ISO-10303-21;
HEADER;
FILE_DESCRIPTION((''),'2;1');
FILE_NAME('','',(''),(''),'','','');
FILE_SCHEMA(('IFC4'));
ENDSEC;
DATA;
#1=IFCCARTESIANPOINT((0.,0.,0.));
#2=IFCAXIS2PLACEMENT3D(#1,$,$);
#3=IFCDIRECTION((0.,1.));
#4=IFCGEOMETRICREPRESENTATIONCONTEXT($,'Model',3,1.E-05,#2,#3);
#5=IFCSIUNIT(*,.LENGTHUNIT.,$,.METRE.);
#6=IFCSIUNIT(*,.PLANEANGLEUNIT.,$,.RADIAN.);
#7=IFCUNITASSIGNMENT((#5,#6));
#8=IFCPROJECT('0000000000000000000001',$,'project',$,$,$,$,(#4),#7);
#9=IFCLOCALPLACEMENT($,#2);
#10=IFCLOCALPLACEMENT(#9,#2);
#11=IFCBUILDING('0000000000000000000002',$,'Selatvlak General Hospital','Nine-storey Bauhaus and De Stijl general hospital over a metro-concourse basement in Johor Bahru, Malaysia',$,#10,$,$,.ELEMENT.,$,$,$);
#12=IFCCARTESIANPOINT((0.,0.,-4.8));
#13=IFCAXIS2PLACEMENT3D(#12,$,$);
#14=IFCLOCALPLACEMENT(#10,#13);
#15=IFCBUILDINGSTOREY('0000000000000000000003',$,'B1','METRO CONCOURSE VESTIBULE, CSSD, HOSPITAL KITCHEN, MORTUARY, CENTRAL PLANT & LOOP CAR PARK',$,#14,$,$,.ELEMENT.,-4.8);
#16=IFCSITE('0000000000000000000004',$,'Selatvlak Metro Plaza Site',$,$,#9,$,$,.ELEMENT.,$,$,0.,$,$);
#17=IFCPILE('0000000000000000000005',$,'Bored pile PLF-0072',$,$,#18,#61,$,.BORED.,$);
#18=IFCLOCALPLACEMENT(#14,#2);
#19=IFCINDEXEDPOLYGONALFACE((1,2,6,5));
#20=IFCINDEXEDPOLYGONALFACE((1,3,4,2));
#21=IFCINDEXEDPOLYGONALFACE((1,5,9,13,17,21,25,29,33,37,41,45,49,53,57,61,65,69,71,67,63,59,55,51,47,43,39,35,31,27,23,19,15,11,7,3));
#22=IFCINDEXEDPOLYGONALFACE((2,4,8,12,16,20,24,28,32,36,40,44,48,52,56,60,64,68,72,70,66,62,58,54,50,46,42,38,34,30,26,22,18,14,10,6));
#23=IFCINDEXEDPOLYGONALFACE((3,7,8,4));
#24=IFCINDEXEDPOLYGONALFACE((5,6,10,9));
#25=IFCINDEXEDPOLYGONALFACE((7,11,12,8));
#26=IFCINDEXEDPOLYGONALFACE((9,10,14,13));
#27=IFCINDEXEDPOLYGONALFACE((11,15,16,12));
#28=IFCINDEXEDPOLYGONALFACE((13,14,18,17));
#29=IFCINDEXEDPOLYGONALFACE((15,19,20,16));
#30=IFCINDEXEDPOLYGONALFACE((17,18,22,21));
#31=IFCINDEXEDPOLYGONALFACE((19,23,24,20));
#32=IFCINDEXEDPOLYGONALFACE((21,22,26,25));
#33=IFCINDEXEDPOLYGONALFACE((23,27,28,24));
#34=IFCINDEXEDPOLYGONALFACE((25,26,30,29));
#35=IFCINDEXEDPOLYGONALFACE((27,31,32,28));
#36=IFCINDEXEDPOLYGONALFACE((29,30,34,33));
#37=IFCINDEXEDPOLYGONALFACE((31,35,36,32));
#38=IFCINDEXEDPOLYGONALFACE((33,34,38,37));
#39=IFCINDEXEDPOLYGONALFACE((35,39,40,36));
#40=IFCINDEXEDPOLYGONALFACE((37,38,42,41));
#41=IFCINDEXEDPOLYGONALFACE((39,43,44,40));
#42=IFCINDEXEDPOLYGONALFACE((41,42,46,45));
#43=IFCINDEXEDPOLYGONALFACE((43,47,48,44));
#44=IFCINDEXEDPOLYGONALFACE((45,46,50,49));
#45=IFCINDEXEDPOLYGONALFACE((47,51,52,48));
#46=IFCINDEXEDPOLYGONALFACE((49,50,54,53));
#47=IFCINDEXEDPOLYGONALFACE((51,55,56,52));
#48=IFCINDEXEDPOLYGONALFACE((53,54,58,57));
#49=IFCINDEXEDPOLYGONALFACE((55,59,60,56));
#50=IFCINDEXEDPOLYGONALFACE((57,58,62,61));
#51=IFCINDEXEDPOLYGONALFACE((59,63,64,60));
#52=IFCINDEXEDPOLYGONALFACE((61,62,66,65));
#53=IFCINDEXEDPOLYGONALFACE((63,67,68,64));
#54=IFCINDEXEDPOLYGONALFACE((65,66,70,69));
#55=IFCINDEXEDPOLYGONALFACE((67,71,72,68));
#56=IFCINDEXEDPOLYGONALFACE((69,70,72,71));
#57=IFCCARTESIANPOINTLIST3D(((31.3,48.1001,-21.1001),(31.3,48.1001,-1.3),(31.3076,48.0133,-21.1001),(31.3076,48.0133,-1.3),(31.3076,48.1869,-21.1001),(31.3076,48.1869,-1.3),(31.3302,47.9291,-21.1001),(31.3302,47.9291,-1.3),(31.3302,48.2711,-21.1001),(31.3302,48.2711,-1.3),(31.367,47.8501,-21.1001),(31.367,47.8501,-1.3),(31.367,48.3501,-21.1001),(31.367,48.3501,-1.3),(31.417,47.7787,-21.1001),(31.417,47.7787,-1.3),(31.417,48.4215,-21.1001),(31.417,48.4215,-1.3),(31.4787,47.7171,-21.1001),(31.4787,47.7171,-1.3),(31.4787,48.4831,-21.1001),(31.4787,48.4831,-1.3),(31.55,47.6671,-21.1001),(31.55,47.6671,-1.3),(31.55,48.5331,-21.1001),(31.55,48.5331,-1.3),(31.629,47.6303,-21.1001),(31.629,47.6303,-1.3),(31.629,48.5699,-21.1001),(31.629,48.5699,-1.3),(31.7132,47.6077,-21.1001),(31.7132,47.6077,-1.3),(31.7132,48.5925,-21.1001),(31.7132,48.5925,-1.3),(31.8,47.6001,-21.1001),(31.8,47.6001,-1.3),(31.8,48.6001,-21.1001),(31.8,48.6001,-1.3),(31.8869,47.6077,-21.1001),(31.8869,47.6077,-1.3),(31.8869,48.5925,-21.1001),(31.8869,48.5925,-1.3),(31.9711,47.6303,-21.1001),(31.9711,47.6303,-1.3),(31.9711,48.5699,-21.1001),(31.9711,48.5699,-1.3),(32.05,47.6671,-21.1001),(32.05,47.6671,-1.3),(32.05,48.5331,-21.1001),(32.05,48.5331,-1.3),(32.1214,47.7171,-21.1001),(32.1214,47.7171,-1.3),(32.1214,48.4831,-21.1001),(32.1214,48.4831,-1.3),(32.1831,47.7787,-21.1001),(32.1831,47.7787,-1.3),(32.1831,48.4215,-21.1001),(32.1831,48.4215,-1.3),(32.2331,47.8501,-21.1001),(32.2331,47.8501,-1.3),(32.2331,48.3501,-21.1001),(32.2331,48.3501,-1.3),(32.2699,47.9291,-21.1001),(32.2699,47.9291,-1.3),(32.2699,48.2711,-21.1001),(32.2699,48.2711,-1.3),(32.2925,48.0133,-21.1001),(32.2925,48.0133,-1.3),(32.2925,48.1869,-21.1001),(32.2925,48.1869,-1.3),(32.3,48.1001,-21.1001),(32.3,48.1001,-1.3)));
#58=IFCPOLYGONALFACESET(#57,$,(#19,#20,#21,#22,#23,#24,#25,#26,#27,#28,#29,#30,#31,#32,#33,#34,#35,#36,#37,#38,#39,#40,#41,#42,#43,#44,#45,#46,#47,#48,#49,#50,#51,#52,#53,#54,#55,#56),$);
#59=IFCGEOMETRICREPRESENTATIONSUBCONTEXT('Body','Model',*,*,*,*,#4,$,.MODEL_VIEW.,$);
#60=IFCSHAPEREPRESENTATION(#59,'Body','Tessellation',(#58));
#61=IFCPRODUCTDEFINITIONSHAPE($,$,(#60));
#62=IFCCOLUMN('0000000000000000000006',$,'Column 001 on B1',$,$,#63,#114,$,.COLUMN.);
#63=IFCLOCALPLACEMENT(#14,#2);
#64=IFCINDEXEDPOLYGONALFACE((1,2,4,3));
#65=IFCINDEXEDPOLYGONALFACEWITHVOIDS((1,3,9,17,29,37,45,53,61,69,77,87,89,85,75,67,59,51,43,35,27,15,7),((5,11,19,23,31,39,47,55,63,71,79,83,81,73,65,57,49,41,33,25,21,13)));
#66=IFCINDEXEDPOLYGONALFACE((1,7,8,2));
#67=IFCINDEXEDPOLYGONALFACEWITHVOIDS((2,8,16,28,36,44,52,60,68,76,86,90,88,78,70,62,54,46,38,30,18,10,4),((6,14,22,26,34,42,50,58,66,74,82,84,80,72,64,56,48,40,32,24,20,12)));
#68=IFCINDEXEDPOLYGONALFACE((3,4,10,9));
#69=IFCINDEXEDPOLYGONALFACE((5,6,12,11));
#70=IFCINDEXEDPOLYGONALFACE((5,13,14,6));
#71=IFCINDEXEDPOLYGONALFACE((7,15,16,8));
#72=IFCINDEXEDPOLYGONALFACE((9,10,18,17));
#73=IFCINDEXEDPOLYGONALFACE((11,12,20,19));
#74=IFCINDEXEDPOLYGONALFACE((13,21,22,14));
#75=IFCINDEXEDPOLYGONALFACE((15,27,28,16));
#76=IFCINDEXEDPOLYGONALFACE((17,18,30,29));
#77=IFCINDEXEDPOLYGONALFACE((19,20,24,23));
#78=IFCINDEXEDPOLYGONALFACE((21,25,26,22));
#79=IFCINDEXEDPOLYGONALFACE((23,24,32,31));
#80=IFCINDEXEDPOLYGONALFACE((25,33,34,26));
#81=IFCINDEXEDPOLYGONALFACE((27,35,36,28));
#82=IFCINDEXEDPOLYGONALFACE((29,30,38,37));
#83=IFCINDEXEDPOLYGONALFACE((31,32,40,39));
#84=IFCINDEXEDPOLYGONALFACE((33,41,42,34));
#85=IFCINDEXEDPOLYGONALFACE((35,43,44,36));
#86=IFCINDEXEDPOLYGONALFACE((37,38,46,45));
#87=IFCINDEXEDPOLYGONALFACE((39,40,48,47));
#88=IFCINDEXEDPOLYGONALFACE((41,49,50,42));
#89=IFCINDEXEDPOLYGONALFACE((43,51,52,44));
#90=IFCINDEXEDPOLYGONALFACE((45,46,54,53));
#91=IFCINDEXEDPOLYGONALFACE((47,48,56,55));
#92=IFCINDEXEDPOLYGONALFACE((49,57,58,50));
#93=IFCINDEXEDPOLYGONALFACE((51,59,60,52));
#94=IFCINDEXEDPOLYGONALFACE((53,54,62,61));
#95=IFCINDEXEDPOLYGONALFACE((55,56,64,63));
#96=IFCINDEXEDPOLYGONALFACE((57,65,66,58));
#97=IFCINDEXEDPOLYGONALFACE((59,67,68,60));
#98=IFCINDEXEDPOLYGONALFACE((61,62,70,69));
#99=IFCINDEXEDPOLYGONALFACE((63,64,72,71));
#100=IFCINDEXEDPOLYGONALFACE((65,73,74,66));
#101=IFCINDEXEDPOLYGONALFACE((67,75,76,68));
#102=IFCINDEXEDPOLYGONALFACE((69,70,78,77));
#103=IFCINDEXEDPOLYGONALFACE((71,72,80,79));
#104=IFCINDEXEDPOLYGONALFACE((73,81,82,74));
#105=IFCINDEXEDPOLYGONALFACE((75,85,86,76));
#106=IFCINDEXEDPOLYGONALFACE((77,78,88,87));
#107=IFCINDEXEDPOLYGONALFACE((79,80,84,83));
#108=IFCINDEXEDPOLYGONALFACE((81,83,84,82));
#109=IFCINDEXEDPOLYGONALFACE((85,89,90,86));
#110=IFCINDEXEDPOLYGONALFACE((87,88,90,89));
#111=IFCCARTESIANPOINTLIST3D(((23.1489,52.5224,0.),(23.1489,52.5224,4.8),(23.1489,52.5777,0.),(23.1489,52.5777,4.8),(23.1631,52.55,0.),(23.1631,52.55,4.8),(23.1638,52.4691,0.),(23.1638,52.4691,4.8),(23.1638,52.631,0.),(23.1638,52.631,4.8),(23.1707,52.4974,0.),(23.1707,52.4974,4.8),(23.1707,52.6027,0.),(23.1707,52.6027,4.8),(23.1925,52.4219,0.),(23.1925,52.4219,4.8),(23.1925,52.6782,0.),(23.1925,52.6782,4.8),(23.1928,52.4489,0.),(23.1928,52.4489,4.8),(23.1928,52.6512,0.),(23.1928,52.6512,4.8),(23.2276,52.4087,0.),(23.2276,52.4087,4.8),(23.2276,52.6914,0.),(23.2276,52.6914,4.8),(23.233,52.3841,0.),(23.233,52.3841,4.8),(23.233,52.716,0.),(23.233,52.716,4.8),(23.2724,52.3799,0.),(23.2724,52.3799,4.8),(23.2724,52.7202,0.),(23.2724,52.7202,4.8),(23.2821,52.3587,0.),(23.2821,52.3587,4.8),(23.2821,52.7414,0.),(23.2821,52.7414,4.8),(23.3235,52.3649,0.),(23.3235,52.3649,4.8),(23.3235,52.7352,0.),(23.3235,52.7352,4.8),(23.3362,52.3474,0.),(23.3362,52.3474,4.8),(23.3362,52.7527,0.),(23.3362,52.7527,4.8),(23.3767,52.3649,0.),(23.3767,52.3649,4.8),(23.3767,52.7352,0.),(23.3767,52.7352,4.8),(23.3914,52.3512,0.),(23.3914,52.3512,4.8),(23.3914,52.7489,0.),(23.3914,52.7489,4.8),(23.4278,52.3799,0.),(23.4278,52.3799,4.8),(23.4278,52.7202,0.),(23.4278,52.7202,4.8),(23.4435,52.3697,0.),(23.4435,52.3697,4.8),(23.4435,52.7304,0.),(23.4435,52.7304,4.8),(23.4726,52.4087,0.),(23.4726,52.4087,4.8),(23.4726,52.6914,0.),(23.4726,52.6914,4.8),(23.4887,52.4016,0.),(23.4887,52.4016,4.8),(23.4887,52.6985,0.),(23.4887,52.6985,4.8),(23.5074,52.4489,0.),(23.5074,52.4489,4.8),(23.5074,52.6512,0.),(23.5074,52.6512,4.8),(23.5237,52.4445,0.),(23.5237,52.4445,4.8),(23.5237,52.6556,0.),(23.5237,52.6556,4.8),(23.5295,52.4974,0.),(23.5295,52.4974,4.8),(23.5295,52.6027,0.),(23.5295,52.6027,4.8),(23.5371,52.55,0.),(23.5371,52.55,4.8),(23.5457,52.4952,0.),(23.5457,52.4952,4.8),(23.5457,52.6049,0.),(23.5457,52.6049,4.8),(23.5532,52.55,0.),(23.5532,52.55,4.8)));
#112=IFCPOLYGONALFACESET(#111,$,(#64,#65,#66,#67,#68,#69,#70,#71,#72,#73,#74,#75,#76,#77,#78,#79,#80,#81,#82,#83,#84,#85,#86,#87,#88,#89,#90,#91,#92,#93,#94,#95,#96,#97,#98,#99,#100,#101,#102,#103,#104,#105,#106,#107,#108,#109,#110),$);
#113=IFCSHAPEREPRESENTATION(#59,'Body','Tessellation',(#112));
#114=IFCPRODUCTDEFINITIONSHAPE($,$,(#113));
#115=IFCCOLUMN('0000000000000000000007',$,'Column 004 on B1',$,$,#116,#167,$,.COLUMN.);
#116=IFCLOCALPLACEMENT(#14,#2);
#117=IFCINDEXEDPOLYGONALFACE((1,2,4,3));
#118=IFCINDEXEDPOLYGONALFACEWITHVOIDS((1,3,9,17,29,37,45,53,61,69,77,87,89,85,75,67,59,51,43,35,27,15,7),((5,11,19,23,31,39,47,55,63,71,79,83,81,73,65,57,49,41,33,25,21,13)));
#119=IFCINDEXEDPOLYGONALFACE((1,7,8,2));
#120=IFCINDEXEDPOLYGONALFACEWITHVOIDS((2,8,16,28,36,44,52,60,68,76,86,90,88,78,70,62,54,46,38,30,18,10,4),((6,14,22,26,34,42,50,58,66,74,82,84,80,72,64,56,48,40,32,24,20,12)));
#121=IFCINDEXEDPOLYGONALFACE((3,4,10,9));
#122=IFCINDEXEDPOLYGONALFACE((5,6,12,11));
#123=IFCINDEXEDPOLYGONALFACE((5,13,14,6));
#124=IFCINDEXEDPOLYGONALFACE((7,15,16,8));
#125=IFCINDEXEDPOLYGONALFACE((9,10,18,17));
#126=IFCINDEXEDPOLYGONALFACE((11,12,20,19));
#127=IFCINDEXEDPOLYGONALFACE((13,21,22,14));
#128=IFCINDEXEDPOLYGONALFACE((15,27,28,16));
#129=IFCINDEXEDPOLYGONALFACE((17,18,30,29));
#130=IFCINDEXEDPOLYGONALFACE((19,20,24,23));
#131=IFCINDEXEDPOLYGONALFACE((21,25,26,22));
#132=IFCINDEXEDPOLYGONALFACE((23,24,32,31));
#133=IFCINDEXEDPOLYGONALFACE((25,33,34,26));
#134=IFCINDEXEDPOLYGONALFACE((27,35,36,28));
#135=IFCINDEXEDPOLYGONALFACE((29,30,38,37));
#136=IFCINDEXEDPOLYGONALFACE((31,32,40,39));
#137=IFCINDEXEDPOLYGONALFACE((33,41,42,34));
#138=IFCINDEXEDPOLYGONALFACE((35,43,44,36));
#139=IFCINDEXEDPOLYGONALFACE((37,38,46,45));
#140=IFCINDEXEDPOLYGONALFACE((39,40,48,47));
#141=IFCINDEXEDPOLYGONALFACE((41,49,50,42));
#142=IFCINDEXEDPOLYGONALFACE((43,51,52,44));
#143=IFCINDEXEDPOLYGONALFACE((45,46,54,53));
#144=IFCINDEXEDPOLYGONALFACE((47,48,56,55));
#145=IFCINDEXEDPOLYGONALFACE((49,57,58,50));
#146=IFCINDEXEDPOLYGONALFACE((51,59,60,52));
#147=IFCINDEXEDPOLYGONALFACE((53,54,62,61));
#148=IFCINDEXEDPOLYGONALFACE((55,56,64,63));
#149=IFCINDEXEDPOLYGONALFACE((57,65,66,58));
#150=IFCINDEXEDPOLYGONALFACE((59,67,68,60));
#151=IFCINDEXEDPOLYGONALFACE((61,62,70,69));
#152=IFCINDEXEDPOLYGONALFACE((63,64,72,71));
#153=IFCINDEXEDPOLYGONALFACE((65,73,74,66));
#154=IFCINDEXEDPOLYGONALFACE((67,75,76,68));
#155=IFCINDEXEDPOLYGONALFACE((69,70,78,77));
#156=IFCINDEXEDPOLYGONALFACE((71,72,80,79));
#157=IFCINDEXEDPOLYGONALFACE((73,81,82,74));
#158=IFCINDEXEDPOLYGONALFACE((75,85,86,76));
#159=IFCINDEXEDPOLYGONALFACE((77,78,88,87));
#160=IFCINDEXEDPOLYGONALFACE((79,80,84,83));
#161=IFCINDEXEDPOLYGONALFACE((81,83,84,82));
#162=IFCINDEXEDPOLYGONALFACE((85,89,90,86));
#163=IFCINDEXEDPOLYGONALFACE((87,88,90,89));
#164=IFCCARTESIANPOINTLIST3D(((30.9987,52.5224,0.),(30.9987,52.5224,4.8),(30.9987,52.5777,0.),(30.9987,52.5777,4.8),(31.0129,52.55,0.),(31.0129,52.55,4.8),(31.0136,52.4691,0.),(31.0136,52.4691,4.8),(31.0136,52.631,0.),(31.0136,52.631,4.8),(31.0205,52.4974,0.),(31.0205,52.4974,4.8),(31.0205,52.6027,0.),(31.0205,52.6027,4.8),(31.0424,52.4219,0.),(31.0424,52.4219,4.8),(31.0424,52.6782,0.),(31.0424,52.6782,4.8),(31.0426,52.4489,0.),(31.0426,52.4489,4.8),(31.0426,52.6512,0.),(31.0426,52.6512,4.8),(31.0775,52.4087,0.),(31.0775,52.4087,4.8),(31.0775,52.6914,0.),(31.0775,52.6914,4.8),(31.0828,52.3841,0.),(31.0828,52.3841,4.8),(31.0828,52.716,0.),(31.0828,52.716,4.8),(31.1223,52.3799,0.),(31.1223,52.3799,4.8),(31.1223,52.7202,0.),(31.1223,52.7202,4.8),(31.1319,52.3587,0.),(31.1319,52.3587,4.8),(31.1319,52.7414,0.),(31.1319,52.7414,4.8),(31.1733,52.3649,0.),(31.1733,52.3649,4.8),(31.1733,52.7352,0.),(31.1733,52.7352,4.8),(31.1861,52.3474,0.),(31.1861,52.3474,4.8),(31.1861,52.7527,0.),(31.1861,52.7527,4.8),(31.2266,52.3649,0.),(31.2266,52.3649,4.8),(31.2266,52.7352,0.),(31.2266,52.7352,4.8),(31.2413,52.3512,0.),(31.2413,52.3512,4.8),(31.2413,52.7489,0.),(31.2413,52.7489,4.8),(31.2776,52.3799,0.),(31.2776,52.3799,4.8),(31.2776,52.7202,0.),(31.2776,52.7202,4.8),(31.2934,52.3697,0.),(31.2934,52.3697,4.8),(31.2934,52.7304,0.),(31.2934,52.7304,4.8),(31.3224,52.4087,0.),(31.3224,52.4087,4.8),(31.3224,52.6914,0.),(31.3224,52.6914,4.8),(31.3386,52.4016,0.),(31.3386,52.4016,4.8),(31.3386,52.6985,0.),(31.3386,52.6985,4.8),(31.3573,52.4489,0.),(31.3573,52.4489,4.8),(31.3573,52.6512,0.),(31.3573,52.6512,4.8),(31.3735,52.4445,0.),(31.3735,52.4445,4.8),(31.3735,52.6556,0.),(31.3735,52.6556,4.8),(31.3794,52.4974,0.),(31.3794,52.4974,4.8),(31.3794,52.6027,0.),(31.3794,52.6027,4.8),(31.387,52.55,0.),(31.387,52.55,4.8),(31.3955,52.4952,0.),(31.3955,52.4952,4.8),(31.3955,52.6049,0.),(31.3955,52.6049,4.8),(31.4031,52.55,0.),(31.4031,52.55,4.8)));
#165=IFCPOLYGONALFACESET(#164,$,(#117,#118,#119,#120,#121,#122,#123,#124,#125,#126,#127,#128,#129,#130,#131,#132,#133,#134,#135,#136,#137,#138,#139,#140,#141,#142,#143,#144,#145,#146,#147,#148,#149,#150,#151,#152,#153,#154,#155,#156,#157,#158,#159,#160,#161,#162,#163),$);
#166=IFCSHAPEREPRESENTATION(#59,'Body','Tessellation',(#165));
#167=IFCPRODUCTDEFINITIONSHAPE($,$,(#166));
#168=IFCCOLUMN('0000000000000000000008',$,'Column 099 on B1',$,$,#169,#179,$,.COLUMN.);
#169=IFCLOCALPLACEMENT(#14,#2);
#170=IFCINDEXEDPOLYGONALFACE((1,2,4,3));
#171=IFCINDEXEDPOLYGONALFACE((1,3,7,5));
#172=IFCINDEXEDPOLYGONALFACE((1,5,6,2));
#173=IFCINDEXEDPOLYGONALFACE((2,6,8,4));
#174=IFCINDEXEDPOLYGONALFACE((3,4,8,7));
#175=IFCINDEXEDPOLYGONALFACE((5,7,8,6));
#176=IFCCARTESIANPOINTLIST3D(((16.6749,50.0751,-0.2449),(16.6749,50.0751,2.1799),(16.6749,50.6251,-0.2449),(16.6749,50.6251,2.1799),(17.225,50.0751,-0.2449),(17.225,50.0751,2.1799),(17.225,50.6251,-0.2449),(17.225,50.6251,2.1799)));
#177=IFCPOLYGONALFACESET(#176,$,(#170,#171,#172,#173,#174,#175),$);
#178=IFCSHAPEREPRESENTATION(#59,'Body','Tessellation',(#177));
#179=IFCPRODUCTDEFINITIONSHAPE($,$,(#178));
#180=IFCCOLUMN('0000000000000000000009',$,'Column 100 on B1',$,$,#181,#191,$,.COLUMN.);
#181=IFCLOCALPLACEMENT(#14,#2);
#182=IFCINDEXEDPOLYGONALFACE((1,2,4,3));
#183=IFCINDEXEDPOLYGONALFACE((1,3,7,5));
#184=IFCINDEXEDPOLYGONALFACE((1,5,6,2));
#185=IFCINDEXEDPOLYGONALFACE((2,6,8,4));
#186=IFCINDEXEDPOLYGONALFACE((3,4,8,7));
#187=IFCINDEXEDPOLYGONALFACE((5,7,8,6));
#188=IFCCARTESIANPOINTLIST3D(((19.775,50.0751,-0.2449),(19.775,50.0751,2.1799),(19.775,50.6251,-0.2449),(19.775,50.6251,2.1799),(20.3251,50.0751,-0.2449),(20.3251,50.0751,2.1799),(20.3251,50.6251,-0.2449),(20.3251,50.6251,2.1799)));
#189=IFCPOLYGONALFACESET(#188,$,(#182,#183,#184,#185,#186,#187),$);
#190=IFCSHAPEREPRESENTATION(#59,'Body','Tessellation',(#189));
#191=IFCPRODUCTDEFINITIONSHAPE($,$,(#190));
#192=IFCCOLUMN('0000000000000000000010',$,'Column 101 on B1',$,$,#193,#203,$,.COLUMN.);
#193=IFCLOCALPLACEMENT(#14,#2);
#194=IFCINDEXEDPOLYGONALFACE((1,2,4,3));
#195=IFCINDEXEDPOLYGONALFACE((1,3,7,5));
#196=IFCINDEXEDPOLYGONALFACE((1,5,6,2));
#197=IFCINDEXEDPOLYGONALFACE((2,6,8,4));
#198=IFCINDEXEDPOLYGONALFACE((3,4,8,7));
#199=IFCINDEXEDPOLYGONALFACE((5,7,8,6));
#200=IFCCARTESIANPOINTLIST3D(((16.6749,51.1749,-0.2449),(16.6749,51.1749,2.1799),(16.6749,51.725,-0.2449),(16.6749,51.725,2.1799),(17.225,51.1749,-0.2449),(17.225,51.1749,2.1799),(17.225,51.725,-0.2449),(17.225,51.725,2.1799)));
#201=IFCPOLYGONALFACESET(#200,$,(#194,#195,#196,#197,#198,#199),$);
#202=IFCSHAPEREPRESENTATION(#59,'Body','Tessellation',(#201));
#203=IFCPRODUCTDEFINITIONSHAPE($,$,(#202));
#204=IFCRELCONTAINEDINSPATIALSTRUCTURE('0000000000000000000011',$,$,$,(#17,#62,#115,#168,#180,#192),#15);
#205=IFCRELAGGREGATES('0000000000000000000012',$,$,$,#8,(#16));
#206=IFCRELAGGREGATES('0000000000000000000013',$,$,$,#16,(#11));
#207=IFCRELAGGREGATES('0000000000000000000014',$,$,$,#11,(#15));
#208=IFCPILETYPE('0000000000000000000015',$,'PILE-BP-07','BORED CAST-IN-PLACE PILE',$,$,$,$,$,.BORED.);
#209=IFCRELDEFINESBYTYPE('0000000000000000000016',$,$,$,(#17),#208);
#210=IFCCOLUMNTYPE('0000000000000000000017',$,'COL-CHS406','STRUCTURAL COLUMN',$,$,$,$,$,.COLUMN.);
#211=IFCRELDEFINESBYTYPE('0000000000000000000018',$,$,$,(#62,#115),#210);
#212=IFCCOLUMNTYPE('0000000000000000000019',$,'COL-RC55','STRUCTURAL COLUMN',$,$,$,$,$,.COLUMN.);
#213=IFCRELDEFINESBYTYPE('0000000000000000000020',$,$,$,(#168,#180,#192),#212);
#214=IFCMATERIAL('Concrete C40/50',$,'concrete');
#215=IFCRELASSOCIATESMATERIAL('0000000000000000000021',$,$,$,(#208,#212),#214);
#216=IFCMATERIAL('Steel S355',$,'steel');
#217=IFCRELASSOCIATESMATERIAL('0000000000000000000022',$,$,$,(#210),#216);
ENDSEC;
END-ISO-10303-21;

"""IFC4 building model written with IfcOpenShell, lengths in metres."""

from ifc_helpers import new_model, si_unit, direction, frame, origin, origin_2d, place, context, subcontext, project, spatial, rectangle, circle, hollow_circle, extrude, material, material_profile, profile_set, type_object, element, save


model = new_model("IFC4")

# Units and contexts
model_context = context("Model", 3, precision=1e-05, world=origin(), true_north=direction((0.0, 1.0)))
body_context = subcontext(model_context, "Body", "Model", "MODEL_VIEW")
ifc_project = project(units=[si_unit("LENGTHUNIT", "METRE"), si_unit("PLANEANGLEUNIT", "RADIAN")], contexts=[model_context])

# Site, building, storey
site_placement = place(None, origin())
site = spatial("IfcSite", under=ifc_project, at=site_placement, Name="Selatvlak Metro Plaza Site", CompositionType="ELEMENT", RefElevation=0.0)
building_placement = place(site_placement, origin())
building = spatial("IfcBuilding", under=site, at=building_placement, Name="Selatvlak General Hospital", Description="Nine-storey Bauhaus and De Stijl general hospital over a metro-concourse basement in Johor Bahru, Malaysia", CompositionType="ELEMENT")
storey_placement = place(building_placement, frame((0.0, 0.0, -4.8)))
storey = spatial("IfcBuildingStorey", under=building, at=storey_placement, Name="B1", Description="METRO CONCOURSE VESTIBULE, CSSD, HOSPITAL KITCHEN, MORTUARY, CENTRAL PLANT & LOOP CAR PARK", CompositionType="ELEMENT", Elevation=-4.8)

# Shared definitions
ifc_material_1 = material(Name="Concrete C40/50", Category="concrete")

# Pile
ifc_material_profile_1 = material_profile(ifc_material_1, circle(Radius=0.5, at=origin_2d()), Name="BORED PILE 1000")
ifc_profile_set_1 = profile_set([ifc_material_profile_1], Name="Concrete C40/50")
pile_type_1 = type_object("IfcPileType", Name="PILE-BP-07", Description="BORED CAST-IN-PLACE PILE", PredefinedType="BORED", material=ifc_profile_set_1)
pile_1_placement = place(storey_placement, frame((31.8, 48.1001, -1.3), z_axis=(0.0, 0.0, -1.0), x_axis=(1.0, 0.0, 0.0)))
element("IfcPile", 1, at=pile_1_placement, inside=storey, type_object=pile_type_1, Name="Bored pile PLF-0072", PredefinedType="BORED", context=body_context, shape_type="SweptSolid", body=[
    extrude(circle(Radius=0.5, at=origin_2d()), origin(), (0.0, 0.0, 1.0), 19.8),
])

# Columns
ifc_material_2 = material(Name="Steel S355", Category="steel")
ifc_material_profile_2 = material_profile(ifc_material_2, hollow_circle(Radius=0.2031, WallThickness=0.0161, at=origin_2d()), Name="CHS 406.4x16")
ifc_profile_set_2 = profile_set([ifc_material_profile_2], Name="Steel S355")
column_type_1 = type_object("IfcColumnType", Name="COL-CHS406", Description="STRUCTURAL COLUMN", PredefinedType="COLUMN", material=ifc_profile_set_2)
for number, where, z_axis, x_axis, name in (
    (2, (23.3501, 52.55, 0.0), (0.0, 0.0, 1.0), (1.0, 0.0, 0.0), "Column 001 on B1"),
    (3, (31.2, 52.55, 0.0), (0.0, 0.0, 1.0), (1.0, 0.0, 0.0), "Column 004 on B1"),
):
    element("IfcColumn", number, at=place(storey_placement, frame(where, z_axis=z_axis, x_axis=x_axis)), inside=storey, type_object=column_type_1, Name=name, PredefinedType="COLUMN", context=body_context, shape_type="SweptSolid", body=[
        extrude(hollow_circle(Radius=0.2031, WallThickness=0.0161, at=origin_2d()), origin(), (0.0, 0.0, 1.0), 4.8),
    ])
ifc_material_profile_3 = material_profile(ifc_material_1, rectangle(XDim=0.55, YDim=0.55, at=origin_2d()), Name="RC-COL 550x550")
ifc_profile_set_3 = profile_set([ifc_material_profile_3], Name="Concrete C40/50")
column_type_2 = type_object("IfcColumnType", Name="COL-RC55", Description="STRUCTURAL COLUMN", PredefinedType="COLUMN", material=ifc_profile_set_3)
for number, where, z_axis, x_axis, name in (
    (4, (16.95, 50.3501, -0.2449), (0.0, 0.0, 1.0), (1.0, 0.0, 0.0), "Column 099 on B1"),
    (5, (20.05, 50.3501, -0.2449), (0.0, 0.0, 1.0), (1.0, 0.0, 0.0), "Column 100 on B1"),
    (6, (16.95, 51.45, -0.2449), (0.0, 0.0, 1.0), (1.0, 0.0, 0.0), "Column 101 on B1"),
):
    element("IfcColumn", number, at=place(storey_placement, frame(where, z_axis=z_axis, x_axis=x_axis)), inside=storey, type_object=column_type_2, Name=name, PredefinedType="COLUMN", context=body_context, shape_type="SweptSolid", body=[
        extrude(rectangle(XDim=0.55, YDim=0.55, at=origin_2d()), origin(), (0.0, 0.0, 1.0), 2.4248),
    ])

save(model, "model.ifc")
